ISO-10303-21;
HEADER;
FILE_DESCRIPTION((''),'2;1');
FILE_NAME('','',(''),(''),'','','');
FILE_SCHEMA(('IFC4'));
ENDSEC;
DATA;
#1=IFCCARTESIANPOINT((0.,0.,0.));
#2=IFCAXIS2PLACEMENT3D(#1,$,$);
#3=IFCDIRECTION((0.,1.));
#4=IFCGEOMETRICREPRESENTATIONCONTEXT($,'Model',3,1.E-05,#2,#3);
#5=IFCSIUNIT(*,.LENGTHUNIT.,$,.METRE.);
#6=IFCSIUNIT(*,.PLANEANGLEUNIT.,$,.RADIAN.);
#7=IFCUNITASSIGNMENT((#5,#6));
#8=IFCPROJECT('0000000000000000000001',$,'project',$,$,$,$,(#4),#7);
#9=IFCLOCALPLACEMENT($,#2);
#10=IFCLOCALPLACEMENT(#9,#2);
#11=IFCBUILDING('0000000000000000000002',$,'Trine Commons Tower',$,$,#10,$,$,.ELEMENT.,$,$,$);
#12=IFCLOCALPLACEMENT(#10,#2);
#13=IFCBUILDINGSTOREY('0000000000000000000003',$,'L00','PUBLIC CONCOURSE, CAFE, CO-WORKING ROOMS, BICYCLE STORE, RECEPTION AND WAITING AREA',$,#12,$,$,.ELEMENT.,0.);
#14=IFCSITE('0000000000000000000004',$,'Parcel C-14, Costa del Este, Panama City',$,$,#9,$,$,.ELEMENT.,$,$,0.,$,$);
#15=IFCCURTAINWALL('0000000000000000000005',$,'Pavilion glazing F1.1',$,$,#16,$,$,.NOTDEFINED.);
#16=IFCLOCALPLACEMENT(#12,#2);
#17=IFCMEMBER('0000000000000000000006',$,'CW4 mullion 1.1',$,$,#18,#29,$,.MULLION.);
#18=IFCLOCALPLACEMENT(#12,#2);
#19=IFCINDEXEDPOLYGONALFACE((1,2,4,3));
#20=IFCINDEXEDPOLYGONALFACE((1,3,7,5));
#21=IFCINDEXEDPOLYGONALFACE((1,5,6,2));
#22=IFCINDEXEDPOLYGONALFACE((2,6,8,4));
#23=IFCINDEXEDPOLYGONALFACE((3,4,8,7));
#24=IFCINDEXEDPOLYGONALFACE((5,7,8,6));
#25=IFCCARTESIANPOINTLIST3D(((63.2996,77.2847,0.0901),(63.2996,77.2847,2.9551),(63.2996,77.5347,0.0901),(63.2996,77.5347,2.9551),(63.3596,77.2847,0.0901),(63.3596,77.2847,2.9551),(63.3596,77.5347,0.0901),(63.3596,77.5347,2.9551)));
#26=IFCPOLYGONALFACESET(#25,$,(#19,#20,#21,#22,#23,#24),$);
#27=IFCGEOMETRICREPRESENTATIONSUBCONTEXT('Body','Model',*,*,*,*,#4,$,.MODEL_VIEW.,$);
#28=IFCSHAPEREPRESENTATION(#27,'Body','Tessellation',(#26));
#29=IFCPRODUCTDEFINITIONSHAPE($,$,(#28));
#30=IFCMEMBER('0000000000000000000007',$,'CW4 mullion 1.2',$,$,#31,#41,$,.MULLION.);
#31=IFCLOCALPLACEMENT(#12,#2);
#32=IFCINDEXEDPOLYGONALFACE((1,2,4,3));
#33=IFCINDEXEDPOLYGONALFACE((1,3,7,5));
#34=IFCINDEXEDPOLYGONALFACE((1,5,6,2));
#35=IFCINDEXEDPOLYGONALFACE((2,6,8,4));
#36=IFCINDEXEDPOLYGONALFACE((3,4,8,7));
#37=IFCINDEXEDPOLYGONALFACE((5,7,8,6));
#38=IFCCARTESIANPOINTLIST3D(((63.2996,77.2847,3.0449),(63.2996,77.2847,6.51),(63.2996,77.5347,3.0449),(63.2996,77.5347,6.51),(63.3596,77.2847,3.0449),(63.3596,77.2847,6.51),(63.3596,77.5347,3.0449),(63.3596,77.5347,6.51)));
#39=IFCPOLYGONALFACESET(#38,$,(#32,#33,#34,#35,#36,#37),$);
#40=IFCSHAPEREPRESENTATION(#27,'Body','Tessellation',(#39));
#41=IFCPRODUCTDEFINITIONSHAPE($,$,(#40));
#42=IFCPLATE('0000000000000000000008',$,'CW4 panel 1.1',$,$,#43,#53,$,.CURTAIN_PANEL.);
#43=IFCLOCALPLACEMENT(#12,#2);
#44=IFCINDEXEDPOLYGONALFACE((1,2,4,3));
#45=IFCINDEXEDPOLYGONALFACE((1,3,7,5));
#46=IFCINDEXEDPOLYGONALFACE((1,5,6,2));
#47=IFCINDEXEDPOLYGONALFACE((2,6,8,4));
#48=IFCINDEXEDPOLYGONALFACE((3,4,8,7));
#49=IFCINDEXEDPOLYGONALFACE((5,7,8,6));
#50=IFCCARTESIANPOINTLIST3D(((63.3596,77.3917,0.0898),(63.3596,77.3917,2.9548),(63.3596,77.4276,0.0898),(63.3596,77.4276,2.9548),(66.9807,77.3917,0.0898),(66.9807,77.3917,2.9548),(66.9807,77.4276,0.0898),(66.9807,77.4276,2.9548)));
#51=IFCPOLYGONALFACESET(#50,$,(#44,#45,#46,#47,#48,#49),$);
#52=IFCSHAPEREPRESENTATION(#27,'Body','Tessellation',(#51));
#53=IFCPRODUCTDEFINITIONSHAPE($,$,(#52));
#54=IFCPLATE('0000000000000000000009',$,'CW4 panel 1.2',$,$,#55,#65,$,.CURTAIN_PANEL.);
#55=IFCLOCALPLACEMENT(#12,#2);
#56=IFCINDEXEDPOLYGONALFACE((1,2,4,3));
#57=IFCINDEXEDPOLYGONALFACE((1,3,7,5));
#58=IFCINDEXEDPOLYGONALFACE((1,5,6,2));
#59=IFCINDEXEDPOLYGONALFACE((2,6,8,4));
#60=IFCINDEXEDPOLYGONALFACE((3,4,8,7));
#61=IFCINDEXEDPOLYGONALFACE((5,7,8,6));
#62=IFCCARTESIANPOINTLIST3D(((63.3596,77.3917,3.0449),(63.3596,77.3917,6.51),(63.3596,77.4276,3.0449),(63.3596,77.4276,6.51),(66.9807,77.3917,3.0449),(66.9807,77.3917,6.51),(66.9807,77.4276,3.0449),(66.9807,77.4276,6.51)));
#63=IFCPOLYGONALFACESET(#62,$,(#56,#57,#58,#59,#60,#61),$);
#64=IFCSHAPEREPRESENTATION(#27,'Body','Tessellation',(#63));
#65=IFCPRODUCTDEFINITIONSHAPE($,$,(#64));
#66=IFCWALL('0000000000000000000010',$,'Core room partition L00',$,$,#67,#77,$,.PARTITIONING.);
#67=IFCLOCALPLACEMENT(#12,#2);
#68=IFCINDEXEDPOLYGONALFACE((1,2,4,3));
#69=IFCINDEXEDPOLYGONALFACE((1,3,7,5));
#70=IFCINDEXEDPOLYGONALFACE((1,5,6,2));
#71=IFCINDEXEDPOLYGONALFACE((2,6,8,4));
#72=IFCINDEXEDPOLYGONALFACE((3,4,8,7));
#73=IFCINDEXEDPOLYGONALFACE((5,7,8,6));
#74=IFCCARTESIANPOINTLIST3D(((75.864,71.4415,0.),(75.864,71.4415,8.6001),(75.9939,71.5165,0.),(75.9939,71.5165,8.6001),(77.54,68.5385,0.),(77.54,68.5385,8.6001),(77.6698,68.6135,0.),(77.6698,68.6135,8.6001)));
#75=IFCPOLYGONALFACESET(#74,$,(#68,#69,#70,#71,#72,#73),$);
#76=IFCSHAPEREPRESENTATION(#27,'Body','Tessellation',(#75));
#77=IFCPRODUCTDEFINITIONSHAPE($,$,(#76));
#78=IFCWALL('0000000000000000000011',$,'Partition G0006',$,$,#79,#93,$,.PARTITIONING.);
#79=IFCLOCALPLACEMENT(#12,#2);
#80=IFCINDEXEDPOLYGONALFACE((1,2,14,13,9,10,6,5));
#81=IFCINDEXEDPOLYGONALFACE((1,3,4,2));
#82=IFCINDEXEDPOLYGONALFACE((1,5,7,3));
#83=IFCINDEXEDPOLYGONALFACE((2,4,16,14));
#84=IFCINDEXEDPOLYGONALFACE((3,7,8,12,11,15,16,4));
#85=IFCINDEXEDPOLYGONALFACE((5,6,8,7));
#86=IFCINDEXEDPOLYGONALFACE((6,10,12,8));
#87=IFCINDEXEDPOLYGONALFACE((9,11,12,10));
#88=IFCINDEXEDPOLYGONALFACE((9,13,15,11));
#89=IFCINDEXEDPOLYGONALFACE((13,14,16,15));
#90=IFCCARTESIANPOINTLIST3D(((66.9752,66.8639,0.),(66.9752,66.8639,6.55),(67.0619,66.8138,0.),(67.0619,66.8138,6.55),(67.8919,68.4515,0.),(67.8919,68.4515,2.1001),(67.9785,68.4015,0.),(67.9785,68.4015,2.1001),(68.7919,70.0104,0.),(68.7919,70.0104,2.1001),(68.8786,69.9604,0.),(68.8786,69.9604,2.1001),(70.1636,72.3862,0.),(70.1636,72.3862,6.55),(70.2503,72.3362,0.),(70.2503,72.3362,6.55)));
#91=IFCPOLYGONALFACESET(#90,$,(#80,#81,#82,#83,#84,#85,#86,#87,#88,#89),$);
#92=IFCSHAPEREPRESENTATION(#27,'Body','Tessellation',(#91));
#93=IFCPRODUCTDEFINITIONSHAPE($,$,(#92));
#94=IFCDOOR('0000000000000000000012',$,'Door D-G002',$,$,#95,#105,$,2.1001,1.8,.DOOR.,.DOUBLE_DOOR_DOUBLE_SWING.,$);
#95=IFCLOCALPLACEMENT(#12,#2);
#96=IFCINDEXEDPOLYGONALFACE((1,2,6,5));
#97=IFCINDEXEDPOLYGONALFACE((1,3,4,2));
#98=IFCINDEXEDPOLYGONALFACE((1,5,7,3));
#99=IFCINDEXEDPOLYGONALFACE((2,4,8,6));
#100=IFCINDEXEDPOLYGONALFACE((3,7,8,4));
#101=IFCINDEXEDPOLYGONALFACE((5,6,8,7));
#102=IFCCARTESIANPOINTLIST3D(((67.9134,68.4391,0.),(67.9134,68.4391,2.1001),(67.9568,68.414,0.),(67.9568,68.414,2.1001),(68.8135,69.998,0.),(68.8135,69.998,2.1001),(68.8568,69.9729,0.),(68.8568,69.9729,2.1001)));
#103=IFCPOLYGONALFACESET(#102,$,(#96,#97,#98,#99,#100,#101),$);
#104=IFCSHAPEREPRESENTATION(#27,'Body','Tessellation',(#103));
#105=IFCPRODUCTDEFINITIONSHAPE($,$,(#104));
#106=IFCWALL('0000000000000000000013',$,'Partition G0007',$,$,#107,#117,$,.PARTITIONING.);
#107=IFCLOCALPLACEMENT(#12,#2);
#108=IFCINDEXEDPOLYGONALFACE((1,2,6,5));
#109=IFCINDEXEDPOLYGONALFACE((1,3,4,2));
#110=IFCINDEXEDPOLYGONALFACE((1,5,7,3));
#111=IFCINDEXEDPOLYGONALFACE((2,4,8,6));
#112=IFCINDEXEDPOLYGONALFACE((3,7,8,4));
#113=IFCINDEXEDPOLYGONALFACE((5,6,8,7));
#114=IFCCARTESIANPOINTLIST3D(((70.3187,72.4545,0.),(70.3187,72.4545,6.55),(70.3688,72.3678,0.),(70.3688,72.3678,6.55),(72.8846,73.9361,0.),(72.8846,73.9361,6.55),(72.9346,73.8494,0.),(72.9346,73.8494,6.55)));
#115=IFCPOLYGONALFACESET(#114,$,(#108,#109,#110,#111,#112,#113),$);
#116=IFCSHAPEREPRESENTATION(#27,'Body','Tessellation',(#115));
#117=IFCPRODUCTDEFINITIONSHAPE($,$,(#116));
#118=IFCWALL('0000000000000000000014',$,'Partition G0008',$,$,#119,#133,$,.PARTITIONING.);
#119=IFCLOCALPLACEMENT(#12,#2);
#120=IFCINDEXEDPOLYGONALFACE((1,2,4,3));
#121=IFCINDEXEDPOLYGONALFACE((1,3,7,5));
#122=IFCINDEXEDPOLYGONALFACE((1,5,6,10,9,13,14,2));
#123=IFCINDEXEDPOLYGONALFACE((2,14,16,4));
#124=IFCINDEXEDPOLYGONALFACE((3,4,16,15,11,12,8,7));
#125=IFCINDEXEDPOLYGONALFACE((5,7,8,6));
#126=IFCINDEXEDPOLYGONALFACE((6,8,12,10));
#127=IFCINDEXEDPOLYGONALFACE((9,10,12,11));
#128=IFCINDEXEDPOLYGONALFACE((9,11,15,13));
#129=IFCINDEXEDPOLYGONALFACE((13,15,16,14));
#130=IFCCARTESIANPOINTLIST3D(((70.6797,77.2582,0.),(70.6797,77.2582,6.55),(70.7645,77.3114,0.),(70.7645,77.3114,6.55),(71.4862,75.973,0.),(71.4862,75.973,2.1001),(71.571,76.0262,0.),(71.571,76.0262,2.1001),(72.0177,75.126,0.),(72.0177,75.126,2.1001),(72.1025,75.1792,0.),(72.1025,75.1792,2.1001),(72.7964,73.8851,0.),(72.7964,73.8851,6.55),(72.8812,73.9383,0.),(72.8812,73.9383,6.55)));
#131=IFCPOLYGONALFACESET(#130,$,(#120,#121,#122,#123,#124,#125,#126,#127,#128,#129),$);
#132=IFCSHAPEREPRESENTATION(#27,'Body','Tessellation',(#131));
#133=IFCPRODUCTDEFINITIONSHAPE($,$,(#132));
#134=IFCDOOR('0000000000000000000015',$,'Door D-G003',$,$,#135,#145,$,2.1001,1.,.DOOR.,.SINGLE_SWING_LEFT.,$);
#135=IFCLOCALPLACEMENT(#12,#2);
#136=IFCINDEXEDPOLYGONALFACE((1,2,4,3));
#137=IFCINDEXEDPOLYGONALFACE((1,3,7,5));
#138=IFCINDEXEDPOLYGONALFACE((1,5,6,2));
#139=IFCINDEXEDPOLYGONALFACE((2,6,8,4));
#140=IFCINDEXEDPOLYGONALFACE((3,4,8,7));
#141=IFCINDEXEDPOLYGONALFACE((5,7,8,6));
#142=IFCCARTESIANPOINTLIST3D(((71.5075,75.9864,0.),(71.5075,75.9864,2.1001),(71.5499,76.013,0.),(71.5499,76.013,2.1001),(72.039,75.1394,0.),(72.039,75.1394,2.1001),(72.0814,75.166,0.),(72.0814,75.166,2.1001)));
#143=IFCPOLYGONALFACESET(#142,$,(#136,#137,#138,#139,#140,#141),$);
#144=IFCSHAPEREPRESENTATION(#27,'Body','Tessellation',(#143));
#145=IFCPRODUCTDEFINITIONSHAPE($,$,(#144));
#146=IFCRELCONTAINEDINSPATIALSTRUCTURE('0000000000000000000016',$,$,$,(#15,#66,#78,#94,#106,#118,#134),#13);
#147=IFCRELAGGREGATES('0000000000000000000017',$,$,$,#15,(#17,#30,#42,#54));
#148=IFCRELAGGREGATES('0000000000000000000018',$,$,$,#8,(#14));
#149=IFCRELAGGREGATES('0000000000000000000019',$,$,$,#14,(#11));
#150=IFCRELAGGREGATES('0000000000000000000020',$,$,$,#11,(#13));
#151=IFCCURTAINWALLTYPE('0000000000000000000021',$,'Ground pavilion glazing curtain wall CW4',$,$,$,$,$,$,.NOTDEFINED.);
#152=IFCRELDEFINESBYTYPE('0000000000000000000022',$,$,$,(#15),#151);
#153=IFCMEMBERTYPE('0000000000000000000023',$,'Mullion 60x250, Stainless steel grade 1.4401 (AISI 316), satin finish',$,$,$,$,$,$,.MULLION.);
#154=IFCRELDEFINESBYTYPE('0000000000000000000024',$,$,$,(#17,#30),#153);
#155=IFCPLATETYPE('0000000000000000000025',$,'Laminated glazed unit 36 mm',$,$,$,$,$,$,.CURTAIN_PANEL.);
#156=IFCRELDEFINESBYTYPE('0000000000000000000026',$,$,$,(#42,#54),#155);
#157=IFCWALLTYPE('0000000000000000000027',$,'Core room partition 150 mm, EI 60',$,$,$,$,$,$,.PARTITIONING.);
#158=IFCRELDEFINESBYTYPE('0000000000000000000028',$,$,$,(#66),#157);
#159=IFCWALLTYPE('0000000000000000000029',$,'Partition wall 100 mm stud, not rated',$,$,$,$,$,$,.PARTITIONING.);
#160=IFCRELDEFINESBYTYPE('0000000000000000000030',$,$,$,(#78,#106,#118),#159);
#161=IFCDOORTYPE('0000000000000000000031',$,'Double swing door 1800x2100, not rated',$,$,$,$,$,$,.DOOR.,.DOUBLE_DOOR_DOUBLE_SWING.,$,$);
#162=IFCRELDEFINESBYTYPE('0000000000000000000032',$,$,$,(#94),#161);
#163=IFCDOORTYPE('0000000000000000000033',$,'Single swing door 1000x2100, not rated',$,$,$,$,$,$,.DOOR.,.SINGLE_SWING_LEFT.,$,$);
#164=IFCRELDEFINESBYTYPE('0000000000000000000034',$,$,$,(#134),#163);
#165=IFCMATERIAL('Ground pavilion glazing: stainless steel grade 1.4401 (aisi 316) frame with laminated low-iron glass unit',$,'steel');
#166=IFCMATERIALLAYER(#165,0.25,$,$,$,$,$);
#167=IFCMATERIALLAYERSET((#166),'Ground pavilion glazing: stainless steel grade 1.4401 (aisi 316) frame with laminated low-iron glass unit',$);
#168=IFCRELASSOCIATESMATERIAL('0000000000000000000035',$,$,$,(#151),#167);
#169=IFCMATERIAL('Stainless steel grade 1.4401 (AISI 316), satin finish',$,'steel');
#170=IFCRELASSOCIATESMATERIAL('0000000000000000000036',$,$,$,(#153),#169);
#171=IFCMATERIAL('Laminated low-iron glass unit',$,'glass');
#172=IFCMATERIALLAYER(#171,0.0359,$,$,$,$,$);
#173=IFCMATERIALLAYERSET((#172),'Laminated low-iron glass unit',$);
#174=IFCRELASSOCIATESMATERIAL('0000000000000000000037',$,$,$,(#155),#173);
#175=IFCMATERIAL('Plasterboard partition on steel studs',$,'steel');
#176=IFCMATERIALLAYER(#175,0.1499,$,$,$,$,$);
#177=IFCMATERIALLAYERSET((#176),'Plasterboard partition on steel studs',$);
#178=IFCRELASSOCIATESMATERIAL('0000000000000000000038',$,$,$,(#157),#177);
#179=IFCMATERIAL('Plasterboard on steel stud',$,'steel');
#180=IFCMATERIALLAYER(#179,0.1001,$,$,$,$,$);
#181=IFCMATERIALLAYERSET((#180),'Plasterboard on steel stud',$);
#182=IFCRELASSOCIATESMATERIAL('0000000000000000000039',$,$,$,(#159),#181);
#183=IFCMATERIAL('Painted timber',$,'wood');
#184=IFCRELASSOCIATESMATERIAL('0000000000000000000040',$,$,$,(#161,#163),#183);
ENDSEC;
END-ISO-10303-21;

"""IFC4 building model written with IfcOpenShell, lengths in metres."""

from ifc_helpers import new_model, si_unit, direction, frame, frame_2d, origin, origin_2d, place, context, subcontext, project, spatial, rectangle, extrude, material, layer, layer_set, material_profile, profile_set, type_object, element, fill, aggregate, save


model = new_model("IFC4")

# Units and contexts
model_context = context("Model", 3, precision=1e-05, world=origin(), true_north=direction((0.0, 1.0)))
body_context = subcontext(model_context, "Body", "Model", "MODEL_VIEW")
ifc_project = project(units=[si_unit("LENGTHUNIT", "METRE"), si_unit("PLANEANGLEUNIT", "RADIAN")], contexts=[model_context])

# Site, building, storey
site_placement = place(None, origin())
site = spatial("IfcSite", under=ifc_project, at=site_placement, Name="Parcel C-14, Costa del Este, Panama City", CompositionType="ELEMENT", RefElevation=0.0)
building_placement = place(site_placement, origin())
building = spatial("IfcBuilding", under=site, at=building_placement, Name="Trine Commons Tower", CompositionType="ELEMENT")
storey_placement = place(building_placement, origin())
storey = spatial("IfcBuildingStorey", under=building, at=storey_placement, Name="L00", Description="PUBLIC CONCOURSE, CAFE, CO-WORKING ROOMS, BICYCLE STORE, RECEPTION AND WAITING AREA", CompositionType="ELEMENT", Elevation=0.0)

# Curtain wall, members, plates
ifc_material_1 = material(Name="Ground pavilion glazing: stainless steel grade 1.4401 (aisi 316) frame with laminated low-iron glass unit", Category="steel")
ifc_layer_1 = layer(ifc_material_1, 0.25)
ifc_layer_set_1 = layer_set([ifc_layer_1], Name="Ground pavilion glazing: stainless steel grade 1.4401 (aisi 316) frame with laminated low-iron glass unit")
curtain_wall_type = type_object("IfcCurtainWallType", Name="Ground pavilion glazing curtain wall CW4", PredefinedType="NOTDEFINED", material=ifc_layer_set_1)
curtain_wall_placement = place(storey_placement, origin())
curtain_wall = element("IfcCurtainWall", 1, at=curtain_wall_placement, inside=storey, type_object=curtain_wall_type, Name="Pavilion glazing F1.1", PredefinedType="NOTDEFINED")
ifc_material_2 = material(Name="Stainless steel grade 1.4401 (AISI 316), satin finish", Category="steel")
ifc_material_profile = material_profile(ifc_material_2, rectangle(XDim=0.25, YDim=0.0601, at=origin_2d()), Name="Mullion 60x250")
ifc_profile_set = profile_set([ifc_material_profile], Name="Stainless steel grade 1.4401 (AISI 316), satin finish")
member_type = type_object("IfcMemberType", Name="Mullion 60x250, Stainless steel grade 1.4401 (AISI 316), satin finish", PredefinedType="MULLION", material=ifc_profile_set)
member_1_placement = place(storey_placement, frame((63.3296, 77.4097, 0.0901), z_axis=(0.0, 0.0, 1.0), x_axis=(0.0, 1.0, 0.0)))
member_1 = element("IfcMember", 2, at=member_1_placement, type_object=member_type, Name="CW4 mullion 1.1", PredefinedType="MULLION", context=body_context, shape_type="SweptSolid", body=[
    extrude(rectangle(XDim=0.25, YDim=0.0601, at=origin_2d()), origin(), (0.0, 0.0, 1.0), 2.865),
])
member_2_placement = place(storey_placement, frame((63.3296, 77.4097, 3.0449), z_axis=(0.0, 0.0, 1.0), x_axis=(0.0, 1.0, 0.0)))
member_2 = element("IfcMember", 3, at=member_2_placement, type_object=member_type, Name="CW4 mullion 1.2", PredefinedType="MULLION", context=body_context, shape_type="SweptSolid", body=[
    extrude(rectangle(XDim=0.25, YDim=0.0601, at=origin_2d()), origin(), (0.0, 0.0, 1.0), 3.4651),
])
ifc_material_3 = material(Name="Laminated low-iron glass unit", Category="glass")
ifc_layer_2 = layer(ifc_material_3, 0.0359)
ifc_layer_set_2 = layer_set([ifc_layer_2], Name="Laminated low-iron glass unit")
plate_type = type_object("IfcPlateType", Name="Laminated glazed unit 36 mm", PredefinedType="CURTAIN_PANEL", material=ifc_layer_set_2)
plate_1_placement = place(storey_placement, frame((65.1702, 77.4097, 0.0898), z_axis=(0.0, 0.0, 1.0), x_axis=(1.0, 0.0, 0.0)))
plate_1 = element("IfcPlate", 4, at=plate_1_placement, type_object=plate_type, Name="CW4 panel 1.1", PredefinedType="CURTAIN_PANEL", context=body_context, shape_type="SweptSolid", body=[
    extrude(rectangle(XDim=3.6211, YDim=0.0359, at=origin_2d()), origin(), (0.0, 0.0, 1.0), 2.865),
])
plate_2_placement = place(storey_placement, frame((65.1702, 77.4097, 3.0449), z_axis=(0.0, 0.0, 1.0), x_axis=(1.0, 0.0, 0.0)))
plate_2 = element("IfcPlate", 5, at=plate_2_placement, type_object=plate_type, Name="CW4 panel 1.2", PredefinedType="CURTAIN_PANEL", context=body_context, shape_type="SweptSolid", body=[
    extrude(rectangle(XDim=3.6211, YDim=0.0359, at=origin_2d()), origin(), (0.0, 0.0, 1.0), 3.4651),
])
aggregate(curtain_wall, [member_1, member_2, plate_1, plate_2])

# Wall
ifc_material_4 = material(Name="Plasterboard partition on steel studs", Category="steel")
ifc_layer_3 = layer(ifc_material_4, 0.1499)
ifc_layer_set_3 = layer_set([ifc_layer_3], Name="Plasterboard partition on steel studs")
wall_type_1 = type_object("IfcWallType", Name="Core room partition 150 mm, EI 60", PredefinedType="PARTITIONING", material=ifc_layer_set_3)
wall_1_placement = place(storey_placement, frame((75.929, 71.479, 0.0), z_axis=(0.0, 0.0, 1.0), x_axis=(0.499985, -0.866034, 0.0)))
element("IfcWall", 6, at=wall_1_placement, inside=storey, type_object=wall_type_1, Name="Core room partition L00", PredefinedType="PARTITIONING", context=body_context, shape_type="SweptSolid", body=[
    extrude(rectangle(XDim=3.3521, YDim=0.1499, at=frame_2d((1.676, 0.0))), origin(), (0.0, 0.0, 1.0), 8.6001),
])

# Wall, opening, door
ifc_material_5 = material(Name="Painted timber", Category="wood")
ifc_material_6 = material(Name="Plasterboard on steel stud", Category="steel")
ifc_layer_4 = layer(ifc_material_6, 0.1001)
ifc_layer_set_4 = layer_set([ifc_layer_4], Name="Plasterboard on steel stud")
wall_type_2 = type_object("IfcWallType", Name="Partition wall 100 mm stud, not rated", PredefinedType="PARTITIONING", material=ifc_layer_set_4)
wall_2_placement = place(storey_placement, frame((70.207, 72.3613, 0.0), z_axis=(0.0, 0.0, 1.0), x_axis=(-0.50001, -0.86602, 0.0)))
wall_2 = element("IfcWall", 7, at=wall_2_placement, inside=storey, type_object=wall_type_2, Name="Partition G0006", PredefinedType="PARTITIONING", context=body_context, shape_type="SweptSolid", body=[
    extrude(rectangle(XDim=6.3767, YDim=0.1001, at=frame_2d((3.1885, 0.0))), origin(), (0.0, 0.0, 1.0), 6.55),
])
opening_1_placement = place(wall_2_placement, frame((2.7437, 0.0, 0.0)))
opening_1 = element("IfcOpeningElement", 8, at=opening_1_placement, cuts=wall_2, PredefinedType="OPENING", context=body_context, shape_type="SweptSolid", body=[
    extrude(rectangle(XDim=1.8, YDim=2.1001, at=frame_2d((0.8999, 1.05))), frame((0.0, 0.0601, 0.0), z_axis=(0.0, -1.0, 0.0), x_axis=(1.0, 0.0, 0.0)), (0.0, 0.0, 1.0), 0.1201),
])
door_type_1 = type_object("IfcDoorType", Name="Double swing door 1800x2100, not rated", OperationType="DOUBLE_DOOR_DOUBLE_SWING", PredefinedType="DOOR", material=ifc_material_5)
door_1_placement = place(opening_1_placement, origin())
door_1 = element("IfcDoor", 9, at=door_1_placement, inside=storey, type_object=door_type_1, Name="Door D-G002", OperationType="DOUBLE_DOOR_DOUBLE_SWING", OverallHeight=2.1001, OverallWidth=1.8, PredefinedType="DOOR", context=body_context, shape_type="SweptSolid", body=[
    extrude(rectangle(XDim=1.8, YDim=2.1001, at=frame_2d((0.8999, 1.05))), frame((0.0, 0.0249, 0.0), z_axis=(0.0, -1.0, 0.0), x_axis=(1.0, 0.0, 0.0)), (0.0, 0.0, 1.0), 0.05),
])
fill(opening_1, door_1)

# Wall
wall_3_placement = place(storey_placement, frame((70.3438, 72.4111, 0.0), z_axis=(0.0, 0.0, 1.0), x_axis=(0.865988, 0.500065, 0.0)))
element("IfcWall", 10, at=wall_3_placement, inside=storey, type_object=wall_type_2, Name="Partition G0007", PredefinedType="PARTITIONING", context=body_context, shape_type="SweptSolid", body=[
    extrude(rectangle(XDim=2.9629, YDim=0.1001, at=frame_2d((1.4814, 0.0))), origin(), (0.0, 0.0, 1.0), 6.55),
])

# Wall, opening, door
wall_4_placement = place(storey_placement, frame((72.8389, 73.9116, 0.0), z_axis=(0.0, 0.0, 1.0), x_axis=(-0.531541, 0.847033, 0.0)))
wall_4 = element("IfcWall", 11, at=wall_4_placement, inside=storey, type_object=wall_type_2, Name="Partition G0008", PredefinedType="PARTITIONING", context=body_context, shape_type="SweptSolid", body=[
    extrude(rectangle(XDim=3.9822, YDim=0.1001, at=frame_2d((1.9912, 0.0))), origin(), (0.0, 0.0, 1.0), 6.55),
])
opening_2_placement = place(wall_4_placement, frame((1.4651, 0.0, 0.0)))
opening_2 = element("IfcOpeningElement", 12, at=opening_2_placement, cuts=wall_4, PredefinedType="OPENING", context=body_context, shape_type="SweptSolid", body=[
    extrude(rectangle(XDim=1.0, YDim=2.1001, at=frame_2d((0.5, 1.05))), frame((0.0, 0.0601, 0.0), z_axis=(0.0, -1.0, 0.0), x_axis=(1.0, 0.0, 0.0)), (0.0, 0.0, 1.0), 0.1201),
])
door_type_2 = type_object("IfcDoorType", Name="Single swing door 1000x2100, not rated", OperationType="SINGLE_SWING_LEFT", PredefinedType="DOOR", material=ifc_material_5)
door_2_placement = place(opening_2_placement, origin())
door_2 = element("IfcDoor", 13, at=door_2_placement, inside=storey, type_object=door_type_2, Name="Door D-G003", OperationType="SINGLE_SWING_LEFT", OverallHeight=2.1001, OverallWidth=1.0, PredefinedType="DOOR", context=body_context, shape_type="SweptSolid", body=[
    extrude(rectangle(XDim=1.0, YDim=2.1001, at=frame_2d((0.5, 1.05))), frame((0.0, 0.0249, 0.0), z_axis=(0.0, -1.0, 0.0), x_axis=(1.0, 0.0, 0.0)), (0.0, 0.0, 1.0), 0.05),
])
fill(opening_2, door_2)

save(model, "model.ifc")
